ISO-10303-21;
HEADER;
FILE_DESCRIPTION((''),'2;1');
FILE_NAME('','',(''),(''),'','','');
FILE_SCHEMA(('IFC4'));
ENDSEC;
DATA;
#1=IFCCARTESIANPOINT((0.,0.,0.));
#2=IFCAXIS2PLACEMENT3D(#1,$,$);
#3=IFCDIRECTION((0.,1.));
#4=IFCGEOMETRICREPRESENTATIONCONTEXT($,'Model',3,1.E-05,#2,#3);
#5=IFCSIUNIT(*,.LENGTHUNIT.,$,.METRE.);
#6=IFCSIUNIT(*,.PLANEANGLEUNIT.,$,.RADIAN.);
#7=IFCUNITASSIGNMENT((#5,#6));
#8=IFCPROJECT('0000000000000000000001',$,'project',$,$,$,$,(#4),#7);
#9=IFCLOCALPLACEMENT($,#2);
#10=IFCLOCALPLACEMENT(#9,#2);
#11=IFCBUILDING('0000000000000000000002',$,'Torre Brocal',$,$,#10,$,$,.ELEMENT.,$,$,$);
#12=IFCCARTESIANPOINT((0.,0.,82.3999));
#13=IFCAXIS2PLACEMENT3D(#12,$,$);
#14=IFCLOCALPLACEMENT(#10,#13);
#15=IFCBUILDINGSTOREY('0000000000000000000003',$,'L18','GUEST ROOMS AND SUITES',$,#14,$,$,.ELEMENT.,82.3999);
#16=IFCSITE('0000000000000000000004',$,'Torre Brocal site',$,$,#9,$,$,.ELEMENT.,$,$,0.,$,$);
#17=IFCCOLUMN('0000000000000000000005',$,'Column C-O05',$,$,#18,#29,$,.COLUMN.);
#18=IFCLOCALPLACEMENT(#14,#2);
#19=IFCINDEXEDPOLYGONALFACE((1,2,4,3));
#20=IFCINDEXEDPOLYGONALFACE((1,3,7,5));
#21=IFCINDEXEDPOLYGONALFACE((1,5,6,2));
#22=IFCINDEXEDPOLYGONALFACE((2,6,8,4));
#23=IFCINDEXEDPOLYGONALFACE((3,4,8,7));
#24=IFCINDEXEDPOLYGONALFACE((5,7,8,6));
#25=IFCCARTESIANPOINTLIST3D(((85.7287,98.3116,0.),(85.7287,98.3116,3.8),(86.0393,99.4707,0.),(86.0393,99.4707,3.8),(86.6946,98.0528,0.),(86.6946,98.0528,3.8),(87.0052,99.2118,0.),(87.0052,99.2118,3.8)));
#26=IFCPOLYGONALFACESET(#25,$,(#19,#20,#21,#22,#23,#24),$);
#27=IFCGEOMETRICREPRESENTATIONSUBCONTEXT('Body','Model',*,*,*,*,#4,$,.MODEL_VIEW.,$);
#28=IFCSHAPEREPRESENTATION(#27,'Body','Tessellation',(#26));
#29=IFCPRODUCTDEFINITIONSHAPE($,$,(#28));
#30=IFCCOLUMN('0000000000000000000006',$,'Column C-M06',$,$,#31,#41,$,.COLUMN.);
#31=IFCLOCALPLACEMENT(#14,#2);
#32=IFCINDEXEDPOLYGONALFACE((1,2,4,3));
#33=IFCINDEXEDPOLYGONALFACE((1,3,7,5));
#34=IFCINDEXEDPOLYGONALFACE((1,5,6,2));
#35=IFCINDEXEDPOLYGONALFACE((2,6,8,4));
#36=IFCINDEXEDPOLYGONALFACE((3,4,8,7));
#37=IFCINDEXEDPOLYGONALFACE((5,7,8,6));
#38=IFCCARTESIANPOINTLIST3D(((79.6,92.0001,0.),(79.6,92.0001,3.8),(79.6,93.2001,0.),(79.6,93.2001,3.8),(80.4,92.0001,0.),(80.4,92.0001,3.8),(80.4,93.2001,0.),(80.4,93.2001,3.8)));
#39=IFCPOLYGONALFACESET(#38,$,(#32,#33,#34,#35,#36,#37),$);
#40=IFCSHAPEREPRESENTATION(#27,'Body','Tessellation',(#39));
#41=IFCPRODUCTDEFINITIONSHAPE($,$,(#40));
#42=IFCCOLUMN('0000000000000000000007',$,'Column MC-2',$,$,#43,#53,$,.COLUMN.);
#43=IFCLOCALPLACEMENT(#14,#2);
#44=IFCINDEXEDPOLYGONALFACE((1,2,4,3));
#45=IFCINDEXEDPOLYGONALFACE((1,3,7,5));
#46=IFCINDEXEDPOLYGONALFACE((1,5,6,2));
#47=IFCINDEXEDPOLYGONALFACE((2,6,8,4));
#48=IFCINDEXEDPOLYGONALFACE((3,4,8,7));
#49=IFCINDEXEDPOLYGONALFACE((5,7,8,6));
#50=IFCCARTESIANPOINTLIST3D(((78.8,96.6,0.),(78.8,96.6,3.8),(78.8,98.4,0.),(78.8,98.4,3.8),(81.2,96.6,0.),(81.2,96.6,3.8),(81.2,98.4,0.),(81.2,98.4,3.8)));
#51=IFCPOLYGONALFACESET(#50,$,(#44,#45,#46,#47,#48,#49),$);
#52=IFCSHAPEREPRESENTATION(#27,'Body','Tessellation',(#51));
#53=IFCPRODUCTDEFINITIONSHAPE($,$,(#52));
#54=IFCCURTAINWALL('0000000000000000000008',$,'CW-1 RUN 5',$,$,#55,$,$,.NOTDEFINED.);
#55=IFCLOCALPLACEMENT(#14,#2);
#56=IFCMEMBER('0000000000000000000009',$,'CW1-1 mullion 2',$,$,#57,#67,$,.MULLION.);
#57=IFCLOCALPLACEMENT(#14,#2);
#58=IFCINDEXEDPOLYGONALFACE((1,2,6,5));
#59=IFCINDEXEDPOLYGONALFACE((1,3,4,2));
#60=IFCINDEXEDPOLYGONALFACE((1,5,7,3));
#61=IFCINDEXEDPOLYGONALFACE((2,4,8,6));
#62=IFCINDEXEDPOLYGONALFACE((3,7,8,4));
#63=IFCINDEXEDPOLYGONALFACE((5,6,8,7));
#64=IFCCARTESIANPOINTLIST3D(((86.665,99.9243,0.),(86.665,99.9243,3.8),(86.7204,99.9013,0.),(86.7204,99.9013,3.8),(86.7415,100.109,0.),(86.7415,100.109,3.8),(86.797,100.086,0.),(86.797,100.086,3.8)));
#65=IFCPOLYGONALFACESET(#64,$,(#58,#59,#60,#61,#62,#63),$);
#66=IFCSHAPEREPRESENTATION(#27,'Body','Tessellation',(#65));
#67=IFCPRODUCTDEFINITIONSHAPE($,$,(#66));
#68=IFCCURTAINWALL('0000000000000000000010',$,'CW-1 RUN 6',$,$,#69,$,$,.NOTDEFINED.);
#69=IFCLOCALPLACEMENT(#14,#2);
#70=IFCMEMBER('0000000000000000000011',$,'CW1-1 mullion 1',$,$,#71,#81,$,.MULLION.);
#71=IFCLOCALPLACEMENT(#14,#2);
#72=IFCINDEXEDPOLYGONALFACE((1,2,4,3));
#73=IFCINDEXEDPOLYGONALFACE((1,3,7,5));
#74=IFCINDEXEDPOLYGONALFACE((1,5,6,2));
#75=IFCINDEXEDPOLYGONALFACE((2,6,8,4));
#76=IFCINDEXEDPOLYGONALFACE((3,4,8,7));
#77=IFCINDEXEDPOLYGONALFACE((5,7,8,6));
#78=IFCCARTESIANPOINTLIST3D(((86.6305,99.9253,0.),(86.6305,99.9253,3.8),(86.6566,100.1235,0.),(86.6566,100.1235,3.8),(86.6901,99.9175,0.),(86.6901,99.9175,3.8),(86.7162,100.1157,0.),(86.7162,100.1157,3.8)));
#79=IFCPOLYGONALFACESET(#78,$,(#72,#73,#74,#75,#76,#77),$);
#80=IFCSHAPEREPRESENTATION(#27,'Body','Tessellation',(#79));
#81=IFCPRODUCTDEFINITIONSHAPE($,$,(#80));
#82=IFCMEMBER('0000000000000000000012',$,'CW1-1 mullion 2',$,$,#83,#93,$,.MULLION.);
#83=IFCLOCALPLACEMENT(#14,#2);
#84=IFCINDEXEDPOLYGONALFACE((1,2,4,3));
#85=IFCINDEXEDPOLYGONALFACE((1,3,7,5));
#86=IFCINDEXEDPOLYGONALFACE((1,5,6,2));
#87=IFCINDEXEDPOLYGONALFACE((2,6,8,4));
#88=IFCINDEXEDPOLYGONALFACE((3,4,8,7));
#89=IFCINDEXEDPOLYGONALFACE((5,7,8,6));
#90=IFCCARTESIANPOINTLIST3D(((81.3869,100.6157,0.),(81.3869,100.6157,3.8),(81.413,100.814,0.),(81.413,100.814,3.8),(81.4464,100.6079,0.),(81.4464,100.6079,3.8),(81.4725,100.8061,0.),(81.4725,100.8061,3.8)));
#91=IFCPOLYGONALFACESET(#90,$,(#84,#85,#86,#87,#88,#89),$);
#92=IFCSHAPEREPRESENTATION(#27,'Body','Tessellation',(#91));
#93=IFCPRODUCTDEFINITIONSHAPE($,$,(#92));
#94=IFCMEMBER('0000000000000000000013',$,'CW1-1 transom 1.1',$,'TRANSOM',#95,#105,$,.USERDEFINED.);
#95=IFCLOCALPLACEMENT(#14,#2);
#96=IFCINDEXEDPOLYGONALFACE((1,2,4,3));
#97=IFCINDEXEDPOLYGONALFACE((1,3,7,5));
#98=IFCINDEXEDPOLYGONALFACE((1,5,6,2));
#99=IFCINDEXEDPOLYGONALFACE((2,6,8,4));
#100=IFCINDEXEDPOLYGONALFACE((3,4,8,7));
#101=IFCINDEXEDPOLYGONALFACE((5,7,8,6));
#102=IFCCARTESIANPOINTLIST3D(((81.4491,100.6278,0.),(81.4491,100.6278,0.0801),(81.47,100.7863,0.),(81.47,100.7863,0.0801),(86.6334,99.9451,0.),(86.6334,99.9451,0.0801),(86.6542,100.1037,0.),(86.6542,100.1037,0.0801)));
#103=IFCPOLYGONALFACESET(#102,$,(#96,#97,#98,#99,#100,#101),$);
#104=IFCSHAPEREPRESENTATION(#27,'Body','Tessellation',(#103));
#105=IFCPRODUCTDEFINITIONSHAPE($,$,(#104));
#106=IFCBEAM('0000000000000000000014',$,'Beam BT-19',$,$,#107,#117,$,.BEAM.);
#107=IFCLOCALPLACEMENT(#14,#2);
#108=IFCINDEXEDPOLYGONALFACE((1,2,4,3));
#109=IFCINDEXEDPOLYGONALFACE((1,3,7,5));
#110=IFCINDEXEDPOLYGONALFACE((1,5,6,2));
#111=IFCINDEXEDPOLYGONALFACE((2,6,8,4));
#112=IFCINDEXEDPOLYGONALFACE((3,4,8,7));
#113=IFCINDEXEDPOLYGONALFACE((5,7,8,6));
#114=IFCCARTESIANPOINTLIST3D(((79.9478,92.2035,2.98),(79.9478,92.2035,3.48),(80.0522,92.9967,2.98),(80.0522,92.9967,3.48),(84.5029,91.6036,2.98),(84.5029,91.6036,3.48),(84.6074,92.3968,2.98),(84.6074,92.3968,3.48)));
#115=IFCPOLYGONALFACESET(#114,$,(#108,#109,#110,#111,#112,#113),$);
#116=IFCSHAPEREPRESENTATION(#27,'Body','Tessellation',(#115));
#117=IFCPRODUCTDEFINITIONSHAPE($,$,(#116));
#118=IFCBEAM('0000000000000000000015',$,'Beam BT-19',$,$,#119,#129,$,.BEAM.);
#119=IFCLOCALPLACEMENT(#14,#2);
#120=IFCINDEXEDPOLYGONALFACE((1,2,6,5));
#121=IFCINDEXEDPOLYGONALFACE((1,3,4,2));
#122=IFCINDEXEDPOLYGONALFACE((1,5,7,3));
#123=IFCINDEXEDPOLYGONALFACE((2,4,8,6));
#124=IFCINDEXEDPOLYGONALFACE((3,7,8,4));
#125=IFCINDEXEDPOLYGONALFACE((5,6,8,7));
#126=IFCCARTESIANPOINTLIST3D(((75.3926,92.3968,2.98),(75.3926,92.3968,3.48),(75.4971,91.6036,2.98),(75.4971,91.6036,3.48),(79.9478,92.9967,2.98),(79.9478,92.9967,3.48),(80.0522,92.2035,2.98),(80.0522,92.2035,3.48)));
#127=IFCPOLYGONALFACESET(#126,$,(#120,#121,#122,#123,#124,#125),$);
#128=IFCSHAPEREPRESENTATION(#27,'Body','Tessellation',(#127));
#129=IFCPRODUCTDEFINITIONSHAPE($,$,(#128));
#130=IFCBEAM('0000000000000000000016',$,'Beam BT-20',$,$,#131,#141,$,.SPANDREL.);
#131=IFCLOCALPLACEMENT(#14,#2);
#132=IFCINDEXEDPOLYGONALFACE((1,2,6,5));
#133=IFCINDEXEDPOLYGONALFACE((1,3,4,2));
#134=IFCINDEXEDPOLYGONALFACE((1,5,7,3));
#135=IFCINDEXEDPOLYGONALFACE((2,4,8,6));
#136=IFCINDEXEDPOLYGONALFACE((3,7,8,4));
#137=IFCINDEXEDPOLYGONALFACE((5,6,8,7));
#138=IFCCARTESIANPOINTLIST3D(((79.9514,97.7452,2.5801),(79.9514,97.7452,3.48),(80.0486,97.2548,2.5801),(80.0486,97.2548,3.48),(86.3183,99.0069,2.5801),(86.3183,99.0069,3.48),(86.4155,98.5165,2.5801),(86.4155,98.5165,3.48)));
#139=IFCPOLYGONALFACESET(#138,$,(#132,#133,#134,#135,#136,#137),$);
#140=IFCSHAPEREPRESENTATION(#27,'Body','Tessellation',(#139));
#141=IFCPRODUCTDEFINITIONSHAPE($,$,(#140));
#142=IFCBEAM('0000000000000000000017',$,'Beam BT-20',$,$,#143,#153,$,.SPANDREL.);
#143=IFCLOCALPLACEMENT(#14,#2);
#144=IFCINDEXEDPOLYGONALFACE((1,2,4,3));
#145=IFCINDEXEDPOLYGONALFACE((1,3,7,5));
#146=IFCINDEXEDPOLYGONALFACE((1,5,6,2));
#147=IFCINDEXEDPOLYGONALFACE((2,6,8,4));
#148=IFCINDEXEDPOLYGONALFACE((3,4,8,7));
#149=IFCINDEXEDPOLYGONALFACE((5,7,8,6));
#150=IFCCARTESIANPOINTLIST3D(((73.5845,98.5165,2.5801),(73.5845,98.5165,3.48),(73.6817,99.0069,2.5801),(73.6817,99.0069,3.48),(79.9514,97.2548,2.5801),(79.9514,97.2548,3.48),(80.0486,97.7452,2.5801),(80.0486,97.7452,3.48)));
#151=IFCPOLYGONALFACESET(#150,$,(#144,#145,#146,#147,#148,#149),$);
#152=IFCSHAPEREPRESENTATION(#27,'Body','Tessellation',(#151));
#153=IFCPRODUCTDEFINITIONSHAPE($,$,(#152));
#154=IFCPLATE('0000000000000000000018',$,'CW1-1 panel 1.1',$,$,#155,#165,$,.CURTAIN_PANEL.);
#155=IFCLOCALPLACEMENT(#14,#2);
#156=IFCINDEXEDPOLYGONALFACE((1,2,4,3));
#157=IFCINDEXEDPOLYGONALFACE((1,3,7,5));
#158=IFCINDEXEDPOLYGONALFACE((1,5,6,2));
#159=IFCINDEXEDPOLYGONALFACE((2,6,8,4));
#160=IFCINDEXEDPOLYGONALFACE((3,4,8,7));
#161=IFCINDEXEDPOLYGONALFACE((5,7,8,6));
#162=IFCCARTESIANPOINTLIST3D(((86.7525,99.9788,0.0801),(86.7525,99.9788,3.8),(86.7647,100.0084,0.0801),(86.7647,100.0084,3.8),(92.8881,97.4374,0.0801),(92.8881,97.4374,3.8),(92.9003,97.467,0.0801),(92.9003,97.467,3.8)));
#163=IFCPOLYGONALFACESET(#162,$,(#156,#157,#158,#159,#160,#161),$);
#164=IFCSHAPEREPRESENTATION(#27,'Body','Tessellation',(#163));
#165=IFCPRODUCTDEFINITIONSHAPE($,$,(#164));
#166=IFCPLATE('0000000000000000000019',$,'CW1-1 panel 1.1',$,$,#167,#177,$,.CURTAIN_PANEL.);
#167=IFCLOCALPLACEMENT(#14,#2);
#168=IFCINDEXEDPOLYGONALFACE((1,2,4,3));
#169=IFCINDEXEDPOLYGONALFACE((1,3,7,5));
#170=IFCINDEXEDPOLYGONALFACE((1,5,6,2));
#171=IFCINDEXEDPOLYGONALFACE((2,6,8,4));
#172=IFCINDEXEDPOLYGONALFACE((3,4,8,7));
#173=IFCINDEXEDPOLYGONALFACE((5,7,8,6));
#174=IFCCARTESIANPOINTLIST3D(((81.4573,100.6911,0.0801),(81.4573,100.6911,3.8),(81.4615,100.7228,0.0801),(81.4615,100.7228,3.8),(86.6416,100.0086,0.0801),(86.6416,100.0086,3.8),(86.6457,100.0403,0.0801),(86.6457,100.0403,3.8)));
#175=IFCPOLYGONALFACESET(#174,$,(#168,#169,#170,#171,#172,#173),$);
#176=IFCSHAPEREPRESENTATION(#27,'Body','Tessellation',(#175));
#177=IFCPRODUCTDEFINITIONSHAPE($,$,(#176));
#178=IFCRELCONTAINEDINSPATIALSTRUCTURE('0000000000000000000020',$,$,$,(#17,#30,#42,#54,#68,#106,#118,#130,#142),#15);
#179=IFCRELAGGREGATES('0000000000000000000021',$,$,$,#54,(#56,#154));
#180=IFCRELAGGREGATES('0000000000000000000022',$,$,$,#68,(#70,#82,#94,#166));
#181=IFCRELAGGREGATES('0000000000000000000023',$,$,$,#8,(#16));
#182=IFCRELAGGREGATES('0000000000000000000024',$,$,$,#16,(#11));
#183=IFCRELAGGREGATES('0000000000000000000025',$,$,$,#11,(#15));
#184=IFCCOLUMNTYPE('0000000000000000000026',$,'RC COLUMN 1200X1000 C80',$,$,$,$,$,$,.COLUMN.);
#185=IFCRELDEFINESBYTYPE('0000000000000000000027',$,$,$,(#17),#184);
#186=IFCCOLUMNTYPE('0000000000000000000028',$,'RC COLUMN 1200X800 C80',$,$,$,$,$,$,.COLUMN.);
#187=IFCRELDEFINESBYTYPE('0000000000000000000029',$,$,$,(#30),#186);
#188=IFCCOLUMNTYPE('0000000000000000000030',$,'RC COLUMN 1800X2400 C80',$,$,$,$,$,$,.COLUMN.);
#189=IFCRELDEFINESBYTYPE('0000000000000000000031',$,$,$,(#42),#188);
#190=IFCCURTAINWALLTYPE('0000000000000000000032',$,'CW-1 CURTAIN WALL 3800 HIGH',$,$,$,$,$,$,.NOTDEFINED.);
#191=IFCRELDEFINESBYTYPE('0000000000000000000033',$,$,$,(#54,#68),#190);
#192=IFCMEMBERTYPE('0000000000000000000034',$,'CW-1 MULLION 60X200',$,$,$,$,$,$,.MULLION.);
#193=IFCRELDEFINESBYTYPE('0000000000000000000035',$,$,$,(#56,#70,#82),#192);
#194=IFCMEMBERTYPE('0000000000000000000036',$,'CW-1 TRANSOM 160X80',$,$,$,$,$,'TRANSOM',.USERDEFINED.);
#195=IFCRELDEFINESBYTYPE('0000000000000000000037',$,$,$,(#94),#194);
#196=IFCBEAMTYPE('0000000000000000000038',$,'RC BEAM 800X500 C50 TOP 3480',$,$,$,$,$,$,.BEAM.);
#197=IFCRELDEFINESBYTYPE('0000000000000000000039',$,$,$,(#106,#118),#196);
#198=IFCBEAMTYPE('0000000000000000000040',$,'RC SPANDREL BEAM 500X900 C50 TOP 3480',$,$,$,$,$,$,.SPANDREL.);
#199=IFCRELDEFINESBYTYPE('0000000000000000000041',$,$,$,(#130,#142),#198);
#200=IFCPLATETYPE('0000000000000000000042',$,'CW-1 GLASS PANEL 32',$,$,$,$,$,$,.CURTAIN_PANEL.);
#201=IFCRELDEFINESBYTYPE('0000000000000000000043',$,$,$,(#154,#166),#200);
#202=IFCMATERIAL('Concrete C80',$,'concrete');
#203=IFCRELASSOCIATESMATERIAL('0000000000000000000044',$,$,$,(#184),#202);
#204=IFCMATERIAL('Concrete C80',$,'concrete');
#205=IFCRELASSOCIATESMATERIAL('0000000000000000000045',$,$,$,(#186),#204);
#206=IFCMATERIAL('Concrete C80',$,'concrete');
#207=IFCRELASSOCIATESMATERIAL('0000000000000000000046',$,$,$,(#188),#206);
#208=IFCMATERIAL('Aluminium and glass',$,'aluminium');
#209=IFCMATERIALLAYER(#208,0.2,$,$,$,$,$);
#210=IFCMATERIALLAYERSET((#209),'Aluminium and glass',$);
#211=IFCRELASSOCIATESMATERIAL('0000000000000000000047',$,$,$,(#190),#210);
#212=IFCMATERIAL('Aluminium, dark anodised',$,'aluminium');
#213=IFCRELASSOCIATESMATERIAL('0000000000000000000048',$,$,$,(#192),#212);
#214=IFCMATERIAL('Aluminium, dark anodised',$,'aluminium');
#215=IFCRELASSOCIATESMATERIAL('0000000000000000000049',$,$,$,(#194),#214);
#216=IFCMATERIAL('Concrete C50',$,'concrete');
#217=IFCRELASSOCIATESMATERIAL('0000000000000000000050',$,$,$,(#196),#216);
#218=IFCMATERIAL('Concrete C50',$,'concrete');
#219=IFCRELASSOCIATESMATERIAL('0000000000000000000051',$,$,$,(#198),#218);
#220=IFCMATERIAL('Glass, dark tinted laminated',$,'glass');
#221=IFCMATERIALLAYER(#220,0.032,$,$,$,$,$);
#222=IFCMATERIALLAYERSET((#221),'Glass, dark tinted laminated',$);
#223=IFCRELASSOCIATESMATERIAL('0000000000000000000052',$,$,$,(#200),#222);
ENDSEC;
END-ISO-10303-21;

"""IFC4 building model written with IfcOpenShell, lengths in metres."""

from ifc_helpers import new_model, si_unit, direction, frame, origin, origin_2d, place, context, subcontext, project, spatial, rectangle, extrude, material, layer, layer_set, material_profile, profile_set, type_object, element, aggregate, save


model = new_model("IFC4")

# Units and contexts
model_context = context("Model", 3, precision=1e-05, world=origin(), true_north=direction((0.0, 1.0)))
body_context = subcontext(model_context, "Body", "Model", "MODEL_VIEW")
ifc_project = project(units=[si_unit("LENGTHUNIT", "METRE"), si_unit("PLANEANGLEUNIT", "RADIAN")], contexts=[model_context])

# Site, building, storey
site_placement = place(None, origin())
site = spatial("IfcSite", under=ifc_project, at=site_placement, Name="Torre Brocal site", CompositionType="ELEMENT", RefElevation=0.0)
building_placement = place(site_placement, origin())
building = spatial("IfcBuilding", under=site, at=building_placement, Name="Torre Brocal", CompositionType="ELEMENT")
storey_placement = place(building_placement, frame((0.0, 0.0, 82.3999)))
storey = spatial("IfcBuildingStorey", under=building, at=storey_placement, Name="L18", Description="GUEST ROOMS AND SUITES", CompositionType="ELEMENT", Elevation=82.3999)

# Columns
ifc_material_1 = material(Name="Concrete C80", Category="concrete")
ifc_material_profile_1 = material_profile(ifc_material_1, rectangle(XDim=1.2, YDim=1.0, at=origin_2d()), Name="RC 1200X1000")
ifc_profile_set_1 = profile_set([ifc_material_profile_1], Name="Concrete C80")
column_type_1 = type_object("IfcColumnType", Name="RC COLUMN 1200X1000 C80", PredefinedType="COLUMN", material=ifc_profile_set_1)
column_1_placement = place(storey_placement, frame((86.3669, 98.7617, 0.0), z_axis=(0.0, 0.0, 1.0), x_axis=(0.258819, 0.965926, 0.0)))
element("IfcColumn", 1, at=column_1_placement, inside=storey, type_object=column_type_1, Name="Column C-O05", PredefinedType="COLUMN", context=body_context, shape_type="SweptSolid", body=[
    extrude(rectangle(XDim=1.2, YDim=1.0, at=origin_2d()), origin(), (0.0, 0.0, 1.0), 3.8),
])
ifc_material_2 = material(Name="Concrete C80", Category="concrete")
ifc_material_profile_2 = material_profile(ifc_material_2, rectangle(XDim=1.2, YDim=0.8, at=origin_2d()), Name="RC 1200X800")
ifc_profile_set_2 = profile_set([ifc_material_profile_2], Name="Concrete C80")
column_type_2 = type_object("IfcColumnType", Name="RC COLUMN 1200X800 C80", PredefinedType="COLUMN", material=ifc_profile_set_2)
column_2_placement = place(storey_placement, frame((80.0, 92.6001, 0.0), z_axis=(0.0, 0.0, 1.0), x_axis=(0.0, 1.0, 0.0)))
element("IfcColumn", 2, at=column_2_placement, inside=storey, type_object=column_type_2, Name="Column C-M06", PredefinedType="COLUMN", context=body_context, shape_type="SweptSolid", body=[
    extrude(rectangle(XDim=1.2, YDim=0.8, at=origin_2d()), origin(), (0.0, 0.0, 1.0), 3.8),
])
ifc_material_3 = material(Name="Concrete C80", Category="concrete")
ifc_material_profile_3 = material_profile(ifc_material_3, rectangle(XDim=1.8, YDim=2.3999, at=origin_2d()), Name="RC 1800X2400")
ifc_profile_set_3 = profile_set([ifc_material_profile_3], Name="Concrete C80")
column_type_3 = type_object("IfcColumnType", Name="RC COLUMN 1800X2400 C80", PredefinedType="COLUMN", material=ifc_profile_set_3)
column_3_placement = place(storey_placement, frame((80.0, 97.5, 0.0), z_axis=(0.0, 0.0, 1.0), x_axis=(0.0, 1.0, 0.0)))
element("IfcColumn", 3, at=column_3_placement, inside=storey, type_object=column_type_3, Name="Column MC-2", PredefinedType="COLUMN", context=body_context, shape_type="SweptSolid", body=[
    extrude(rectangle(XDim=1.8, YDim=2.3999, at=origin_2d()), origin(), (0.0, 0.0, 1.0), 3.8),
])

# Curtain wall, member
ifc_material_4 = material(Name="Aluminium and glass", Category="aluminium")
ifc_layer_1 = layer(ifc_material_4, 0.2)
ifc_layer_set_1 = layer_set([ifc_layer_1], Name="Aluminium and glass")
curtain_wall_type = type_object("IfcCurtainWallType", Name="CW-1 CURTAIN WALL 3800 HIGH", PredefinedType="NOTDEFINED", material=ifc_layer_set_1)
curtain_wall_1_placement = place(storey_placement, origin())
curtain_wall_1 = element("IfcCurtainWall", 4, at=curtain_wall_1_placement, inside=storey, type_object=curtain_wall_type, Name="CW-1 RUN 5", PredefinedType="NOTDEFINED")
ifc_material_5 = material(Name="Aluminium, dark anodised", Category="aluminium")
ifc_material_profile_4 = material_profile(ifc_material_5, rectangle(XDim=0.2, YDim=0.0601, at=origin_2d()), Name="CW-1 MULLION 60X200")
ifc_profile_set_4 = profile_set([ifc_material_profile_4], Name="Aluminium, dark anodised")
member_type_1 = type_object("IfcMemberType", Name="CW-1 MULLION 60X200", PredefinedType="MULLION", material=ifc_profile_set_4)
member_1_placement = place(storey_placement, frame((86.731, 100.0051, 0.0), z_axis=(0.0, 0.0, 1.0), x_axis=(-0.382683, -0.92388, 0.0)))
member_1 = element("IfcMember", 5, at=member_1_placement, type_object=member_type_1, Name="CW1-1 mullion 2", PredefinedType="MULLION", context=body_context, shape_type="SweptSolid", body=[
    extrude(rectangle(XDim=0.2, YDim=0.0601, at=origin_2d()), origin(), (0.0, 0.0, 1.0), 3.8),
])

# Curtain wall, members
curtain_wall_2_placement = place(storey_placement, origin())
curtain_wall_2 = element("IfcCurtainWall", 6, at=curtain_wall_2_placement, inside=storey, type_object=curtain_wall_type, Name="CW-1 RUN 6", PredefinedType="NOTDEFINED")
member_2_placement = place(storey_placement, frame((86.6733, 100.0205, 0.0), z_axis=(0.0, 0.0, 1.0), x_axis=(-0.130526, -0.991445, 0.0)))
member_2 = element("IfcMember", 7, at=member_2_placement, type_object=member_type_1, Name="CW1-1 mullion 1", PredefinedType="MULLION", context=body_context, shape_type="SweptSolid", body=[
    extrude(rectangle(XDim=0.2, YDim=0.0601, at=origin_2d()), origin(), (0.0, 0.0, 1.0), 3.8),
])
member_3_placement = place(storey_placement, frame((81.4297, 100.7109, 0.0), z_axis=(0.0, 0.0, 1.0), x_axis=(-0.130526, -0.991445, 0.0)))
member_3 = element("IfcMember", 8, at=member_3_placement, type_object=member_type_1, Name="CW1-1 mullion 2", PredefinedType="MULLION", context=body_context, shape_type="SweptSolid", body=[
    extrude(rectangle(XDim=0.2, YDim=0.0601, at=origin_2d()), origin(), (0.0, 0.0, 1.0), 3.8),
])
ifc_material_6 = material(Name="Aluminium, dark anodised", Category="aluminium")
ifc_material_profile_5 = material_profile(ifc_material_6, rectangle(XDim=0.1599, YDim=0.0801, at=origin_2d()), Name="CW-1 TRANSOM 160X80")
ifc_profile_set_5 = profile_set([ifc_material_profile_5], Name="Aluminium, dark anodised")
member_type_2 = type_object("IfcMemberType", Name="CW-1 TRANSOM 160X80", ElementType="TRANSOM", PredefinedType="USERDEFINED", material=ifc_profile_set_5)
member_4_placement = place(storey_placement, frame((86.6438, 100.0244, 0.04), z_axis=(-0.991443, 0.130543, 0.0), x_axis=(-0.130543, -0.991443, 0.0)))
member_4 = element("IfcMember", 9, at=member_4_placement, type_object=member_type_2, Name="CW1-1 transom 1.1", ObjectType="TRANSOM", PredefinedType="USERDEFINED", context=body_context, shape_type="SweptSolid", body=[
    extrude(rectangle(XDim=0.1599, YDim=0.0801, at=origin_2d()), origin(), (0.0, 0.0, 1.0), 5.229),
])

# Beams
ifc_material_7 = material(Name="Concrete C50", Category="concrete")
ifc_material_profile_6 = material_profile(ifc_material_7, rectangle(XDim=0.8, YDim=0.5, at=origin_2d()), Name="RC 800X500")
ifc_profile_set_6 = profile_set([ifc_material_profile_6], Name="Concrete C50")
beam_type_1 = type_object("IfcBeamType", Name="RC BEAM 800X500 C50 TOP 3480", PredefinedType="BEAM", material=ifc_profile_set_6)
for number, where, z_axis, x_axis, name in (
    (10, (84.5552, 92.0002, 3.23), (-0.991441, 0.130559, 0.0), (-0.130559, -0.991441, 0.0), "Beam BT-19"),
    (11, (80.0, 92.6001, 3.23), (-0.991441, -0.130559, 0.0), (0.130559, -0.991441, 0.0), "Beam BT-19"),
):
    element("IfcBeam", number, at=place(storey_placement, frame(where, z_axis=z_axis, x_axis=x_axis)), inside=storey, type_object=beam_type_1, Name=name, PredefinedType="BEAM", context=body_context, shape_type="SweptSolid", body=[
        extrude(rectangle(XDim=0.8, YDim=0.5, at=origin_2d()), origin(), (0.0, 0.0, 1.0), 4.5945),
    ])
ifc_material_8 = material(Name="Concrete C50", Category="concrete")
ifc_material_profile_7 = material_profile(ifc_material_8, rectangle(XDim=0.5, YDim=0.8999, at=origin_2d()), Name="RC 500X900")
ifc_profile_set_7 = profile_set([ifc_material_profile_7], Name="Concrete C50")
beam_type_2 = type_object("IfcBeamType", Name="RC SPANDREL BEAM 500X900 C50 TOP 3480", PredefinedType="SPANDREL", material=ifc_profile_set_7)
for number, where, z_axis, x_axis, name in (
    (12, (86.3669, 98.7617, 3.03), (-0.980925, -0.194387, 0.0), (0.194387, -0.980925, 0.0), "Beam BT-20"),
    (13, (80.0, 97.5, 3.03), (-0.980925, 0.194387, 0.0), (-0.194387, -0.980925, 0.0), "Beam BT-20"),
):
    element("IfcBeam", number, at=place(storey_placement, frame(where, z_axis=z_axis, x_axis=x_axis)), inside=storey, type_object=beam_type_2, Name=name, PredefinedType="SPANDREL", context=body_context, shape_type="SweptSolid", body=[
        extrude(rectangle(XDim=0.5, YDim=0.8999, at=origin_2d()), origin(), (0.0, 0.0, 1.0), 6.4907),
    ])

# Plates
ifc_material_9 = material(Name="Glass, dark tinted laminated", Category="glass")
ifc_layer_2 = layer(ifc_material_9, 0.032)
ifc_layer_set_2 = layer_set([ifc_layer_2], Name="Glass, dark tinted laminated")
plate_type = type_object("IfcPlateType", Name="CW-1 GLASS PANEL 32", PredefinedType="CURTAIN_PANEL", material=ifc_layer_set_2)
plate_1_placement = place(storey_placement, frame((89.8264, 98.7229, 0.0801), z_axis=(0.0, 0.0, 1.0), x_axis=(-0.92388, 0.382683, 0.0)))
plate_1 = element("IfcPlate", 14, at=plate_1_placement, type_object=plate_type, Name="CW1-1 panel 1.1", PredefinedType="CURTAIN_PANEL", context=body_context, shape_type="SweptSolid", body=[
    extrude(rectangle(XDim=6.6411, YDim=0.032, at=origin_2d()), origin(), (0.0, 0.0, 1.0), 3.72),
])
aggregate(curtain_wall_1, [member_1, plate_1])
plate_2_placement = place(storey_placement, frame((84.0515, 100.3657, 0.0801), z_axis=(0.0, 0.0, 1.0), x_axis=(-0.991445, 0.130526, 0.0)))
plate_2 = element("IfcPlate", 15, at=plate_2_placement, type_object=plate_type, Name="CW1-1 panel 1.1", PredefinedType="CURTAIN_PANEL", context=body_context, shape_type="SweptSolid", body=[
    extrude(rectangle(XDim=5.229, YDim=0.032, at=origin_2d()), origin(), (0.0, 0.0, 1.0), 3.72),
])
aggregate(curtain_wall_2, [member_2, member_3, member_4, plate_2])

save(model, "model.ifc")
